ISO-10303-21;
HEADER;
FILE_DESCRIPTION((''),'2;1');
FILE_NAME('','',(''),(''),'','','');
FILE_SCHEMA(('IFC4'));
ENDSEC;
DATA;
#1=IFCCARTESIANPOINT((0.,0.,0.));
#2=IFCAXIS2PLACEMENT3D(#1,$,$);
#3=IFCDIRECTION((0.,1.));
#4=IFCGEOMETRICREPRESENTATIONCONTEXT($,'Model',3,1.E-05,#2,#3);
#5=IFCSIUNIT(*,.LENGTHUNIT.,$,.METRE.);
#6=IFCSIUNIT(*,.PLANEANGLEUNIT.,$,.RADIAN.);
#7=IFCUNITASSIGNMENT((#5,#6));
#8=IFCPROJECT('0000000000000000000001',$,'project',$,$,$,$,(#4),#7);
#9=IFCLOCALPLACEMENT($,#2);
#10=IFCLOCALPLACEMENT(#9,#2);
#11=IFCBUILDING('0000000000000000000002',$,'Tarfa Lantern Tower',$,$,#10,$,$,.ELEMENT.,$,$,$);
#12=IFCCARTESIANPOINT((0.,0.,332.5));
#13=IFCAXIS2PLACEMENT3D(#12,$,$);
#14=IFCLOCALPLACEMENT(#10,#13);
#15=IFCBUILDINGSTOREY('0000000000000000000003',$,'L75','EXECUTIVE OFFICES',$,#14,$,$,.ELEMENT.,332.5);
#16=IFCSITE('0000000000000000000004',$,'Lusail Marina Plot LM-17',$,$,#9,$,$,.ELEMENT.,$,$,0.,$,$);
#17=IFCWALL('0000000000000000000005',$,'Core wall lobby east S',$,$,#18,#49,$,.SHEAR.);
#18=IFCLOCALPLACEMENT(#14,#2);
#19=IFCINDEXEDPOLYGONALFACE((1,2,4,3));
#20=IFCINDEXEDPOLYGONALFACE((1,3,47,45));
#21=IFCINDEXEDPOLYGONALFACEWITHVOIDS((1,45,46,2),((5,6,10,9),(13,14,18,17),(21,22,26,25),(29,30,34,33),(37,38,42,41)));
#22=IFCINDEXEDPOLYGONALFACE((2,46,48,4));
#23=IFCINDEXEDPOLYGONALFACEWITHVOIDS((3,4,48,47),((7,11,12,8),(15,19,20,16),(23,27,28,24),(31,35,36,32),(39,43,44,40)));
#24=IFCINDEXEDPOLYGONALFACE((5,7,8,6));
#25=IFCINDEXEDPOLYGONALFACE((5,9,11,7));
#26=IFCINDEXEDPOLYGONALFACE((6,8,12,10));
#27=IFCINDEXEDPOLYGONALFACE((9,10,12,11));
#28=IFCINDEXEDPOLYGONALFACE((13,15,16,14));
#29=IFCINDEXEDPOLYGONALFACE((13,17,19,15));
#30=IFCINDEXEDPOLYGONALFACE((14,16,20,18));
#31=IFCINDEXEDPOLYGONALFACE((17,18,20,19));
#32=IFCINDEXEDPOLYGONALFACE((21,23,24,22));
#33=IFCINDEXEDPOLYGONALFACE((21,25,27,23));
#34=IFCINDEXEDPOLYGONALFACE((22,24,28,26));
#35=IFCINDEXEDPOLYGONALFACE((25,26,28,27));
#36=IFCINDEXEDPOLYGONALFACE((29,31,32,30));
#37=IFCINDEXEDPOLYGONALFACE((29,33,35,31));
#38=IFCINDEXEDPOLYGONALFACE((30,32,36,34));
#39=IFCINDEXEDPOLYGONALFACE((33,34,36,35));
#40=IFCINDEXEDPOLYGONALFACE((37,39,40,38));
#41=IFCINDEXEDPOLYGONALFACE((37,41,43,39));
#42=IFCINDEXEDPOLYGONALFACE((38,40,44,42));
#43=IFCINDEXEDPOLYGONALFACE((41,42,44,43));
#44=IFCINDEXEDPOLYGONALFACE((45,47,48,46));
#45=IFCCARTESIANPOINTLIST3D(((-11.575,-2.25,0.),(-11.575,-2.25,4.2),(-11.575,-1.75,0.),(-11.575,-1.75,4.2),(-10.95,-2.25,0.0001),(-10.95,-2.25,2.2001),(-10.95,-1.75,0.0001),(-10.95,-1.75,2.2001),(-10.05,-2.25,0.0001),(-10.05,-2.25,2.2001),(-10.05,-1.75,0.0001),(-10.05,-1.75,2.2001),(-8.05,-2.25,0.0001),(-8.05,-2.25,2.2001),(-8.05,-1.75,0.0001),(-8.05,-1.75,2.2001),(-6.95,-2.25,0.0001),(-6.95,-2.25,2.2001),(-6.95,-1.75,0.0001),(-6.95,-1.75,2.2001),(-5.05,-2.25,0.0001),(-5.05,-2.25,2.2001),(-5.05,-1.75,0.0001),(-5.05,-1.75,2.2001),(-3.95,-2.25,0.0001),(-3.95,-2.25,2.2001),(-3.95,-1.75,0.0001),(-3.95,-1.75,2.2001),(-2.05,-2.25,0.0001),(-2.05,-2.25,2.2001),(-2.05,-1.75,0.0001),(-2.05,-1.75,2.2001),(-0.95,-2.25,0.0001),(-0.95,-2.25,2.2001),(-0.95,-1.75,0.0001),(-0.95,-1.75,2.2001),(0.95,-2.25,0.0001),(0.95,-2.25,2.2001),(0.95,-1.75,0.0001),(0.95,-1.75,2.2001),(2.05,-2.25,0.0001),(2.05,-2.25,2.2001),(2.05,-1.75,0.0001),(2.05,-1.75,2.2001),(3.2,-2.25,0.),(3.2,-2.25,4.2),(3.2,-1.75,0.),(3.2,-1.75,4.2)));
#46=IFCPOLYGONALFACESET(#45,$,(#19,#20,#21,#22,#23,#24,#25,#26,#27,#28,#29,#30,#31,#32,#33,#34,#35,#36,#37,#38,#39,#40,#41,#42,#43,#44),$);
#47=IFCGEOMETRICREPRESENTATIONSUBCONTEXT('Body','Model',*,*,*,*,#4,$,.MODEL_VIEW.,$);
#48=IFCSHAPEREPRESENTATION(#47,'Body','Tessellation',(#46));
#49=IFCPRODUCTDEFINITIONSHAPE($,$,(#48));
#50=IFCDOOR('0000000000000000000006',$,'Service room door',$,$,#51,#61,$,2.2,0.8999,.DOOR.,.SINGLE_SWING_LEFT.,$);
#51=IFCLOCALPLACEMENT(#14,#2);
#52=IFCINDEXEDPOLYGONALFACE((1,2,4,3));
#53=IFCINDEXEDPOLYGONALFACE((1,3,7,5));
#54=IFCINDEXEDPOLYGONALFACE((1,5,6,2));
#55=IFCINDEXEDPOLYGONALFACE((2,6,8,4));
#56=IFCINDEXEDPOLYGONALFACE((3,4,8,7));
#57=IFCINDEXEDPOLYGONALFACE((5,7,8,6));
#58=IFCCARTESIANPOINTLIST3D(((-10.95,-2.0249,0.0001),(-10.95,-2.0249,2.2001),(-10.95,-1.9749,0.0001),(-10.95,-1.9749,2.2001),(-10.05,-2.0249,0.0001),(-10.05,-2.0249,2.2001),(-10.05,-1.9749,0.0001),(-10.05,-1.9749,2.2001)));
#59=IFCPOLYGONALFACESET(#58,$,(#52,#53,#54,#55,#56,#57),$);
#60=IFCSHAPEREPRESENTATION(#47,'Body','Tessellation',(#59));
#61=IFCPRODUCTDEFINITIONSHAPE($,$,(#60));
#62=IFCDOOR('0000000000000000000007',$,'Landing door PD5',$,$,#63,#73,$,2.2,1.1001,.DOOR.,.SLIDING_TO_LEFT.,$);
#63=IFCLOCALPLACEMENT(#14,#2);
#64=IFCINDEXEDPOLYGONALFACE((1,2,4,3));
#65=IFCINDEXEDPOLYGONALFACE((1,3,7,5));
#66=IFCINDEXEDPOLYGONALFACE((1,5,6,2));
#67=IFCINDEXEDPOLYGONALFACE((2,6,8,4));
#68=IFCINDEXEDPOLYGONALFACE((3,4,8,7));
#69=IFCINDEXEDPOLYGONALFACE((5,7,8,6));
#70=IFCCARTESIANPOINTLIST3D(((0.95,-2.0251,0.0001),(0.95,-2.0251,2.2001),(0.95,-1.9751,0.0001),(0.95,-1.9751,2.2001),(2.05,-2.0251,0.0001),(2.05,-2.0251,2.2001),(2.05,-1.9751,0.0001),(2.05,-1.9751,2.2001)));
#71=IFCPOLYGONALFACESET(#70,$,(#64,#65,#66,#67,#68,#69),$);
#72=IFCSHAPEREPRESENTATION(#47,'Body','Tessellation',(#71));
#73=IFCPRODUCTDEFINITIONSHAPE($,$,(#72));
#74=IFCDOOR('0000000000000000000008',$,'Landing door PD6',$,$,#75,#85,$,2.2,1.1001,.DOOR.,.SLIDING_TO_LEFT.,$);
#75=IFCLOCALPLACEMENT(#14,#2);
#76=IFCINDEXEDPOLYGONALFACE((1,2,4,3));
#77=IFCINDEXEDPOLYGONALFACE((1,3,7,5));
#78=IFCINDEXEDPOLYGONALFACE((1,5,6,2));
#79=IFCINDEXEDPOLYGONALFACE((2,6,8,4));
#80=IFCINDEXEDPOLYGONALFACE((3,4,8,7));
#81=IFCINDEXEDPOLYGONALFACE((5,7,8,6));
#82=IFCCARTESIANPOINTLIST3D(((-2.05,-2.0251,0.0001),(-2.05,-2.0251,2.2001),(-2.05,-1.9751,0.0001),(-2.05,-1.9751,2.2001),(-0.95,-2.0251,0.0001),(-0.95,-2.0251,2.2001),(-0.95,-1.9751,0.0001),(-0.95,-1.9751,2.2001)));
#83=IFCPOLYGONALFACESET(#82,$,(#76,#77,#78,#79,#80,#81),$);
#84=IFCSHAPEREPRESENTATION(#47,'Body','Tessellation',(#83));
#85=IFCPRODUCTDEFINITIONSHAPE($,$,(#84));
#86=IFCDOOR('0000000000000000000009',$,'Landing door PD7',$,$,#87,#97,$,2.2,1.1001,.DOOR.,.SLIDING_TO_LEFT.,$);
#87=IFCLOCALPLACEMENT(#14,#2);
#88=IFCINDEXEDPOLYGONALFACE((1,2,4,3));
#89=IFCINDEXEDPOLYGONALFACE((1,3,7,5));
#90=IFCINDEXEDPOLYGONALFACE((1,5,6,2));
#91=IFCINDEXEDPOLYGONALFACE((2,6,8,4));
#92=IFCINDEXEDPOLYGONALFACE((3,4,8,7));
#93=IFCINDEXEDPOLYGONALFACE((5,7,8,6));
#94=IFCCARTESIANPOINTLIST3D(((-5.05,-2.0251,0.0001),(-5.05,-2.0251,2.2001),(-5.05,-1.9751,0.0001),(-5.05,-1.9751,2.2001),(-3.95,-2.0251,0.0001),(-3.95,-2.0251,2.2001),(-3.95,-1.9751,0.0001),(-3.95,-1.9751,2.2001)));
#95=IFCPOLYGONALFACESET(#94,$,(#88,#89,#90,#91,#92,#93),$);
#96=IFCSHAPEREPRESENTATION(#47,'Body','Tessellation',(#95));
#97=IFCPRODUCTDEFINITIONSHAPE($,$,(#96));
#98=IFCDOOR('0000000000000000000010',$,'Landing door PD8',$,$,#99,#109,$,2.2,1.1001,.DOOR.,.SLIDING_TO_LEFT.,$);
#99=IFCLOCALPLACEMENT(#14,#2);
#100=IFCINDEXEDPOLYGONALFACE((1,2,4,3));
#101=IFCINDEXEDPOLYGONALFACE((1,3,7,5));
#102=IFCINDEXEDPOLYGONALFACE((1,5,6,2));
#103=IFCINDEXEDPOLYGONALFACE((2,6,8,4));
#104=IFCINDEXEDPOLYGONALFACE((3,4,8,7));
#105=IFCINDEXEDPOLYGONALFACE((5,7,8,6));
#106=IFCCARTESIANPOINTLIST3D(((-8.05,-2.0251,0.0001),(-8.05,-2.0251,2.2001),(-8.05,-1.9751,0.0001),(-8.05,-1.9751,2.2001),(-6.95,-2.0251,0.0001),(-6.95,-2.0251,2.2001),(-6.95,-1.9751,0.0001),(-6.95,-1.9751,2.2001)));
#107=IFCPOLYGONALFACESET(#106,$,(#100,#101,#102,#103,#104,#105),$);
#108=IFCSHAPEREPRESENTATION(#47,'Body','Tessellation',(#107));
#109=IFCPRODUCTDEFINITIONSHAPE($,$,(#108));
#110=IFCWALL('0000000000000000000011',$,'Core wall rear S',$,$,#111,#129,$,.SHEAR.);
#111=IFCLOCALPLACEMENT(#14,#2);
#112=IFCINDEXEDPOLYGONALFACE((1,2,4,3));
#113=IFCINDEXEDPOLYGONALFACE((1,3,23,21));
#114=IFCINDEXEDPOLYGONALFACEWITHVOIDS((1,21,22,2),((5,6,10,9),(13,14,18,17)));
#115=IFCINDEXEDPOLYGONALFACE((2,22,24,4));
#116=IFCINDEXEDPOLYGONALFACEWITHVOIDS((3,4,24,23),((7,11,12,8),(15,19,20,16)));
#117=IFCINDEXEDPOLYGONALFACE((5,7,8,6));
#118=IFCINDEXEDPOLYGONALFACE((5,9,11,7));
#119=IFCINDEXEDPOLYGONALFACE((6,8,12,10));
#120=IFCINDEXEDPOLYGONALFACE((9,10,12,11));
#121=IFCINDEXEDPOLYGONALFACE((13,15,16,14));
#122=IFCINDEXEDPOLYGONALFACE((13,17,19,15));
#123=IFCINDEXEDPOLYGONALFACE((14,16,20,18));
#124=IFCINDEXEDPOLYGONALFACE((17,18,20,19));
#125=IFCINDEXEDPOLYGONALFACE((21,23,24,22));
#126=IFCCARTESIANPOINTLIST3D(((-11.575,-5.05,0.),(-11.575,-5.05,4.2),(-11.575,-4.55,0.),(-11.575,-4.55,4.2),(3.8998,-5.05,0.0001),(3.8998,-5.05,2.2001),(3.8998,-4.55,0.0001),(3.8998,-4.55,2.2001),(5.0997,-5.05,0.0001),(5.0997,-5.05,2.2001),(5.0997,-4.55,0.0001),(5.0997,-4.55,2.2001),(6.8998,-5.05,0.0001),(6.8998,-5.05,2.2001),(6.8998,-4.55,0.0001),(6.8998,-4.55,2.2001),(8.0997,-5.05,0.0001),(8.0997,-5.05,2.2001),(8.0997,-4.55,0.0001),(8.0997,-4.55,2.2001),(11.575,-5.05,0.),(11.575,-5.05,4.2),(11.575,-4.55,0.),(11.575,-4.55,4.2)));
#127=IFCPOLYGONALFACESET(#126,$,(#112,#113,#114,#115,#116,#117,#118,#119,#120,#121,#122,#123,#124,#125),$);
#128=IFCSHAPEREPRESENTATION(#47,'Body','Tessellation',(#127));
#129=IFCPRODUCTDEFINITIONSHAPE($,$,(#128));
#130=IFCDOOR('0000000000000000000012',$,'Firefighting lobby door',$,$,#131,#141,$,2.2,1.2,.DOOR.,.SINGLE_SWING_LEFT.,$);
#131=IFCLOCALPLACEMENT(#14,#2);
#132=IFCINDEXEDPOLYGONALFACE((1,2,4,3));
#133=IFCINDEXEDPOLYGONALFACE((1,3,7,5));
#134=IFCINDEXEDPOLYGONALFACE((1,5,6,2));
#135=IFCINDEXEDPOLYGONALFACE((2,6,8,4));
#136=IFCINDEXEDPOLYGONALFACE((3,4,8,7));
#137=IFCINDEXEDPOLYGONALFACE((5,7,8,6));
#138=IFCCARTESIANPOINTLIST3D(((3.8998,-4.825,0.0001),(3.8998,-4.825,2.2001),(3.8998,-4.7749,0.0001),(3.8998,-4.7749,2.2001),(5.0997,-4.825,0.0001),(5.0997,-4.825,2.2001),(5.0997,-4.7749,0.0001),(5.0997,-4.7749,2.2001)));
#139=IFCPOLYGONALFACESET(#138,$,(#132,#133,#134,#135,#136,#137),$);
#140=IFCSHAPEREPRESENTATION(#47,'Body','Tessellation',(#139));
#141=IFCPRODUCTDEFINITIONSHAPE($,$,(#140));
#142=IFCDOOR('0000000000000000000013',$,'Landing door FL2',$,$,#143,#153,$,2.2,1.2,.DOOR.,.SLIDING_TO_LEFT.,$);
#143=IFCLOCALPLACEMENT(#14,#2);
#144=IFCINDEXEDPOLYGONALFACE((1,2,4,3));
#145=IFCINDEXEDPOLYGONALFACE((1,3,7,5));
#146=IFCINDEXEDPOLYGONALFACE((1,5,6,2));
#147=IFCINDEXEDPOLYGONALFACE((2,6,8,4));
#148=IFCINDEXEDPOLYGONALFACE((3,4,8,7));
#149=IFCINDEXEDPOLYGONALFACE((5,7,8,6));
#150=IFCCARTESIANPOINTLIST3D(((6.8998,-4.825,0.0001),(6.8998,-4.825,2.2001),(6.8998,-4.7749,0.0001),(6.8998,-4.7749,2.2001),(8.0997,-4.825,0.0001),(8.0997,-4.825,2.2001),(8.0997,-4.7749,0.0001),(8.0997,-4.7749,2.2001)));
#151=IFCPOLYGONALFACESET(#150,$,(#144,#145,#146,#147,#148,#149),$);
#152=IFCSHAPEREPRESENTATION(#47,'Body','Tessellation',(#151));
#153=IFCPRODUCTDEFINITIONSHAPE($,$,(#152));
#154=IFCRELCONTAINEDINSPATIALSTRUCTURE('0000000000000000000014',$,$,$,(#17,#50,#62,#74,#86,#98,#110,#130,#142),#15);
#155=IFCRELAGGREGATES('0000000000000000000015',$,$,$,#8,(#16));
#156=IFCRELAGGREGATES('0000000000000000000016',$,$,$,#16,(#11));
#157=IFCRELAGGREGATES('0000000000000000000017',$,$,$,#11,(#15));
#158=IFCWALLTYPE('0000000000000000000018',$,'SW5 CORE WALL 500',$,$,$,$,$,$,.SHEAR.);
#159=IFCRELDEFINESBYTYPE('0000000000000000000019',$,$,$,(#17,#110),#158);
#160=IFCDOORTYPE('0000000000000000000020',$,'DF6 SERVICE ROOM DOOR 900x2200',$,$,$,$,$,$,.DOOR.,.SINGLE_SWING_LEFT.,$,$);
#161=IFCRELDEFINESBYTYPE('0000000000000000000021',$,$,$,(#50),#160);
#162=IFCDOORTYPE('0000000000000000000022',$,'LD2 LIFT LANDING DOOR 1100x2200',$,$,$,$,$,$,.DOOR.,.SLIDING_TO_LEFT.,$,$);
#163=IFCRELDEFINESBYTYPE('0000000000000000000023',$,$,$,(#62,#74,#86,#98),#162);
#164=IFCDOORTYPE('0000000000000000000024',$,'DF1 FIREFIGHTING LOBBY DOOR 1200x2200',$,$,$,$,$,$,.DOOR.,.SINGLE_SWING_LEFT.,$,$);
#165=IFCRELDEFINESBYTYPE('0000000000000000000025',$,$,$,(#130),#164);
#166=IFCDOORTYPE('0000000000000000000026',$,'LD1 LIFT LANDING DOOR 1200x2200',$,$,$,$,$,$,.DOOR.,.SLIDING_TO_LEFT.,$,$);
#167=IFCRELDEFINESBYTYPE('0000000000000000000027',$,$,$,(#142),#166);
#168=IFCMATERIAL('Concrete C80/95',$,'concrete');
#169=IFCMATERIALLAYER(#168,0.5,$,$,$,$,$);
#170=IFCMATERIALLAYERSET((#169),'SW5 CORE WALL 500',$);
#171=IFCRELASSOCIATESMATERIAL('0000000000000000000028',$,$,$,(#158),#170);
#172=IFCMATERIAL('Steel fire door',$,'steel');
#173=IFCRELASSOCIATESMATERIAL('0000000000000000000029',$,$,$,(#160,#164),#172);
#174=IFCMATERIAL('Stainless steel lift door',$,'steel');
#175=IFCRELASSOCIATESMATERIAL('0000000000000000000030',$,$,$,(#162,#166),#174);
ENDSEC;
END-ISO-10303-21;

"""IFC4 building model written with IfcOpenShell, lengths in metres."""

from ifc_helpers import new_model, si_unit, direction, frame, frame_2d, origin, place, context, subcontext, project, spatial, rectangle, extrude, material, layer, layer_set, type_object, element, fill, save


model = new_model("IFC4")

# Units and contexts
model_context = context("Model", 3, precision=1e-05, world=origin(), true_north=direction((0.0, 1.0)))
body_context = subcontext(model_context, "Body", "Model", "MODEL_VIEW")
ifc_project = project(units=[si_unit("LENGTHUNIT", "METRE"), si_unit("PLANEANGLEUNIT", "RADIAN")], contexts=[model_context])

# Site, building, storey
site_placement = place(None, origin())
site = spatial("IfcSite", under=ifc_project, at=site_placement, Name="Lusail Marina Plot LM-17", CompositionType="ELEMENT", RefElevation=0.0)
building_placement = place(site_placement, origin())
building = spatial("IfcBuilding", under=site, at=building_placement, Name="Tarfa Lantern Tower", CompositionType="ELEMENT")
storey_placement = place(building_placement, frame((0.0, 0.0, 332.5)))
storey = spatial("IfcBuildingStorey", under=building, at=storey_placement, Name="L75", Description="EXECUTIVE OFFICES", CompositionType="ELEMENT", Elevation=332.5)

# Shared definitions
ifc_material_1 = material(Name="Concrete C80/95", Category="concrete")
ifc_layer_1 = layer(ifc_material_1, 0.5)
ifc_layer_set_1 = layer_set([ifc_layer_1], Name="SW5 CORE WALL 500")
wall_type_1 = type_object("IfcWallType", Name="SW5 CORE WALL 500", PredefinedType="SHEAR", material=ifc_layer_set_1)
ifc_material_2 = material(Name="Steel fire door", Category="steel")
door_type_1 = type_object("IfcDoorType", Name="DF6 SERVICE ROOM DOOR 900x2200", OperationType="SINGLE_SWING_LEFT", PredefinedType="DOOR", material=ifc_material_2)

# Walls, openings, doors
wall_1_placement = place(storey_placement, frame((3.2, -2.0, 0.0), z_axis=(0.0, 0.0, 1.0), x_axis=(-1.0, 0.0, 0.0)))
wall_1 = element("IfcWall", 1, at=wall_1_placement, inside=storey, type_object=wall_type_1, Name="Core wall lobby east S", PredefinedType="SHEAR", context=body_context, shape_type="SweptSolid", body=[
    extrude(rectangle(XDim=14.7749, YDim=0.5, at=frame_2d((7.3875, 0.0))), origin(), (0.0, 0.0, 1.0), 4.2),
])
opening_1_placement = place(wall_1_placement, frame((13.25, 0.0, 0.0)))
opening_1 = element("IfcOpeningElement", 2, at=opening_1_placement, cuts=wall_1, PredefinedType="OPENING", context=body_context, shape_type="SweptSolid", body=[
    extrude(rectangle(XDim=0.8999, YDim=2.2, at=frame_2d((0.45, 1.1001))), frame((0.0, 0.26, 0.0), z_axis=(0.0, -1.0, 0.0), x_axis=(1.0, 0.0, 0.0)), (0.0, 0.0, 1.0), 0.52),
])
opening_2_placement = place(wall_1_placement, frame((1.1499, 0.0, 0.0)))
opening_2 = element("IfcOpeningElement", 3, at=opening_2_placement, cuts=wall_1, PredefinedType="OPENING", context=body_context, shape_type="SweptSolid", body=[
    extrude(rectangle(XDim=1.1001, YDim=2.2, at=frame_2d((0.55, 1.1001))), frame((0.0, 0.26, 0.0), z_axis=(0.0, -1.0, 0.0), x_axis=(1.0, 0.0, 0.0)), (0.0, 0.0, 1.0), 0.52),
])
opening_3_placement = place(wall_1_placement, frame((4.1499, 0.0, 0.0)))
opening_3 = element("IfcOpeningElement", 4, at=opening_3_placement, cuts=wall_1, PredefinedType="OPENING", context=body_context, shape_type="SweptSolid", body=[
    extrude(rectangle(XDim=1.1001, YDim=2.2, at=frame_2d((0.55, 1.1001))), frame((0.0, 0.26, 0.0), z_axis=(0.0, -1.0, 0.0), x_axis=(1.0, 0.0, 0.0)), (0.0, 0.0, 1.0), 0.52),
])
opening_4_placement = place(wall_1_placement, frame((7.1499, 0.0, 0.0)))
opening_4 = element("IfcOpeningElement", 5, at=opening_4_placement, cuts=wall_1, PredefinedType="OPENING", context=body_context, shape_type="SweptSolid", body=[
    extrude(rectangle(XDim=1.1001, YDim=2.2, at=frame_2d((0.55, 1.1001))), frame((0.0, 0.26, 0.0), z_axis=(0.0, -1.0, 0.0), x_axis=(1.0, 0.0, 0.0)), (0.0, 0.0, 1.0), 0.52),
])
opening_5_placement = place(wall_1_placement, frame((10.1499, 0.0, 0.0)))
opening_5 = element("IfcOpeningElement", 6, at=opening_5_placement, cuts=wall_1, PredefinedType="OPENING", context=body_context, shape_type="SweptSolid", body=[
    extrude(rectangle(XDim=1.1001, YDim=2.2, at=frame_2d((0.55, 1.1001))), frame((0.0, 0.26, 0.0), z_axis=(0.0, -1.0, 0.0), x_axis=(1.0, 0.0, 0.0)), (0.0, 0.0, 1.0), 0.52),
])
door_1_placement = place(opening_1_placement, origin())
door_1 = element("IfcDoor", 7, at=door_1_placement, inside=storey, type_object=door_type_1, Name="Service room door", OperationType="SINGLE_SWING_LEFT", OverallHeight=2.2, OverallWidth=0.8999, PredefinedType="DOOR", context=body_context, shape_type="SweptSolid", body=[
    extrude(rectangle(XDim=0.8999, YDim=2.2, at=frame_2d((0.45, 1.1001))), frame((0.0, 0.0249, 0.0), z_axis=(0.0, -1.0, 0.0), x_axis=(1.0, 0.0, 0.0)), (0.0, 0.0, 1.0), 0.05),
])
fill(opening_1, door_1)
ifc_material_3 = material(Name="Stainless steel lift door", Category="steel")
door_type_2 = type_object("IfcDoorType", Name="LD2 LIFT LANDING DOOR 1100x2200", OperationType="SLIDING_TO_LEFT", PredefinedType="DOOR", material=ifc_material_3)
door_2_placement = place(opening_2_placement, frame((1.1001, 0.0, 0.0), z_axis=(0.0, 0.0, 1.0), x_axis=(-1.0, 0.0, 0.0)))
door_2 = element("IfcDoor", 8, at=door_2_placement, inside=storey, type_object=door_type_2, Name="Landing door PD5", OperationType="SLIDING_TO_LEFT", OverallHeight=2.2, OverallWidth=1.1001, PredefinedType="DOOR", context=body_context, shape_type="SweptSolid", body=[
    extrude(rectangle(XDim=1.1001, YDim=2.2, at=frame_2d((0.55, 1.1001))), frame((0.0, 0.0249, 0.0), z_axis=(0.0, -1.0, 0.0), x_axis=(1.0, 0.0, 0.0)), (0.0, 0.0, 1.0), 0.05),
])
fill(opening_2, door_2)
door_3_placement = place(opening_3_placement, frame((1.1001, 0.0, 0.0), z_axis=(0.0, 0.0, 1.0), x_axis=(-1.0, 0.0, 0.0)))
door_3 = element("IfcDoor", 9, at=door_3_placement, inside=storey, type_object=door_type_2, Name="Landing door PD6", OperationType="SLIDING_TO_LEFT", OverallHeight=2.2, OverallWidth=1.1001, PredefinedType="DOOR", context=body_context, shape_type="SweptSolid", body=[
    extrude(rectangle(XDim=1.1001, YDim=2.2, at=frame_2d((0.55, 1.1001))), frame((0.0, 0.0249, 0.0), z_axis=(0.0, -1.0, 0.0), x_axis=(1.0, 0.0, 0.0)), (0.0, 0.0, 1.0), 0.05),
])
fill(opening_3, door_3)
door_4_placement = place(opening_4_placement, frame((1.1001, 0.0, 0.0), z_axis=(0.0, 0.0, 1.0), x_axis=(-1.0, 0.0, 0.0)))
door_4 = element("IfcDoor", 10, at=door_4_placement, inside=storey, type_object=door_type_2, Name="Landing door PD7", OperationType="SLIDING_TO_LEFT", OverallHeight=2.2, OverallWidth=1.1001, PredefinedType="DOOR", context=body_context, shape_type="SweptSolid", body=[
    extrude(rectangle(XDim=1.1001, YDim=2.2, at=frame_2d((0.55, 1.1001))), frame((0.0, 0.0249, 0.0), z_axis=(0.0, -1.0, 0.0), x_axis=(1.0, 0.0, 0.0)), (0.0, 0.0, 1.0), 0.05),
])
fill(opening_4, door_4)
door_5_placement = place(opening_5_placement, frame((1.1001, 0.0, 0.0), z_axis=(0.0, 0.0, 1.0), x_axis=(-1.0, 0.0, 0.0)))
door_5 = element("IfcDoor", 11, at=door_5_placement, inside=storey, type_object=door_type_2, Name="Landing door PD8", OperationType="SLIDING_TO_LEFT", OverallHeight=2.2, OverallWidth=1.1001, PredefinedType="DOOR", context=body_context, shape_type="SweptSolid", body=[
    extrude(rectangle(XDim=1.1001, YDim=2.2, at=frame_2d((0.55, 1.1001))), frame((0.0, 0.0249, 0.0), z_axis=(0.0, -1.0, 0.0), x_axis=(1.0, 0.0, 0.0)), (0.0, 0.0, 1.0), 0.05),
])
fill(opening_5, door_5)
wall_2_placement = place(storey_placement, frame((11.575, -4.8, 0.0), z_axis=(0.0, 0.0, 1.0), x_axis=(-1.0, 0.0, 0.0)))
wall_2 = element("IfcWall", 12, at=wall_2_placement, inside=storey, type_object=wall_type_1, Name="Core wall rear S", PredefinedType="SHEAR", context=body_context, shape_type="SweptSolid", body=[
    extrude(rectangle(XDim=23.1499, YDim=0.5, at=frame_2d((11.575, 0.0))), origin(), (0.0, 0.0, 1.0), 4.2),
])
opening_6_placement = place(wall_2_placement, frame((6.4751, 0.0, 0.0)))
opening_6 = element("IfcOpeningElement", 13, at=opening_6_placement, cuts=wall_2, PredefinedType="OPENING", context=body_context, shape_type="SweptSolid", body=[
    extrude(rectangle(XDim=1.2, YDim=2.2, at=frame_2d((0.6001, 1.1001))), frame((0.0, 0.26, 0.0), z_axis=(0.0, -1.0, 0.0), x_axis=(1.0, 0.0, 0.0)), (0.0, 0.0, 1.0), 0.52),
])
opening_7_placement = place(wall_2_placement, frame((3.4751, 0.0, 0.0)))
opening_7 = element("IfcOpeningElement", 14, at=opening_7_placement, cuts=wall_2, PredefinedType="OPENING", context=body_context, shape_type="SweptSolid", body=[
    extrude(rectangle(XDim=1.2, YDim=2.2, at=frame_2d((0.6001, 1.1001))), frame((0.0, 0.26, 0.0), z_axis=(0.0, -1.0, 0.0), x_axis=(1.0, 0.0, 0.0)), (0.0, 0.0, 1.0), 0.52),
])
door_type_3 = type_object("IfcDoorType", Name="DF1 FIREFIGHTING LOBBY DOOR 1200x2200", OperationType="SINGLE_SWING_LEFT", PredefinedType="DOOR", material=ifc_material_2)
door_6_placement = place(opening_6_placement, origin())
door_6 = element("IfcDoor", 15, at=door_6_placement, inside=storey, type_object=door_type_3, Name="Firefighting lobby door", OperationType="SINGLE_SWING_LEFT", OverallHeight=2.2, OverallWidth=1.2, PredefinedType="DOOR", context=body_context, shape_type="SweptSolid", body=[
    extrude(rectangle(XDim=1.2, YDim=2.2, at=frame_2d((0.6001, 1.1001))), frame((0.0, 0.0249, 0.0), z_axis=(0.0, -1.0, 0.0), x_axis=(1.0, 0.0, 0.0)), (0.0, 0.0, 1.0), 0.05),
])
fill(opening_6, door_6)
door_type_4 = type_object("IfcDoorType", Name="LD1 LIFT LANDING DOOR 1200x2200", OperationType="SLIDING_TO_LEFT", PredefinedType="DOOR", material=ifc_material_3)
door_7_placement = place(opening_7_placement, origin())
door_7 = element("IfcDoor", 16, at=door_7_placement, inside=storey, type_object=door_type_4, Name="Landing door FL2", OperationType="SLIDING_TO_LEFT", OverallHeight=2.2, OverallWidth=1.2, PredefinedType="DOOR", context=body_context, shape_type="SweptSolid", body=[
    extrude(rectangle(XDim=1.2, YDim=2.2, at=frame_2d((0.6001, 1.1001))), frame((0.0, 0.0249, 0.0), z_axis=(0.0, -1.0, 0.0), x_axis=(1.0, 0.0, 0.0)), (0.0, 0.0, 1.0), 0.05),
])
fill(opening_7, door_7)

save(model, "model.ifc")
